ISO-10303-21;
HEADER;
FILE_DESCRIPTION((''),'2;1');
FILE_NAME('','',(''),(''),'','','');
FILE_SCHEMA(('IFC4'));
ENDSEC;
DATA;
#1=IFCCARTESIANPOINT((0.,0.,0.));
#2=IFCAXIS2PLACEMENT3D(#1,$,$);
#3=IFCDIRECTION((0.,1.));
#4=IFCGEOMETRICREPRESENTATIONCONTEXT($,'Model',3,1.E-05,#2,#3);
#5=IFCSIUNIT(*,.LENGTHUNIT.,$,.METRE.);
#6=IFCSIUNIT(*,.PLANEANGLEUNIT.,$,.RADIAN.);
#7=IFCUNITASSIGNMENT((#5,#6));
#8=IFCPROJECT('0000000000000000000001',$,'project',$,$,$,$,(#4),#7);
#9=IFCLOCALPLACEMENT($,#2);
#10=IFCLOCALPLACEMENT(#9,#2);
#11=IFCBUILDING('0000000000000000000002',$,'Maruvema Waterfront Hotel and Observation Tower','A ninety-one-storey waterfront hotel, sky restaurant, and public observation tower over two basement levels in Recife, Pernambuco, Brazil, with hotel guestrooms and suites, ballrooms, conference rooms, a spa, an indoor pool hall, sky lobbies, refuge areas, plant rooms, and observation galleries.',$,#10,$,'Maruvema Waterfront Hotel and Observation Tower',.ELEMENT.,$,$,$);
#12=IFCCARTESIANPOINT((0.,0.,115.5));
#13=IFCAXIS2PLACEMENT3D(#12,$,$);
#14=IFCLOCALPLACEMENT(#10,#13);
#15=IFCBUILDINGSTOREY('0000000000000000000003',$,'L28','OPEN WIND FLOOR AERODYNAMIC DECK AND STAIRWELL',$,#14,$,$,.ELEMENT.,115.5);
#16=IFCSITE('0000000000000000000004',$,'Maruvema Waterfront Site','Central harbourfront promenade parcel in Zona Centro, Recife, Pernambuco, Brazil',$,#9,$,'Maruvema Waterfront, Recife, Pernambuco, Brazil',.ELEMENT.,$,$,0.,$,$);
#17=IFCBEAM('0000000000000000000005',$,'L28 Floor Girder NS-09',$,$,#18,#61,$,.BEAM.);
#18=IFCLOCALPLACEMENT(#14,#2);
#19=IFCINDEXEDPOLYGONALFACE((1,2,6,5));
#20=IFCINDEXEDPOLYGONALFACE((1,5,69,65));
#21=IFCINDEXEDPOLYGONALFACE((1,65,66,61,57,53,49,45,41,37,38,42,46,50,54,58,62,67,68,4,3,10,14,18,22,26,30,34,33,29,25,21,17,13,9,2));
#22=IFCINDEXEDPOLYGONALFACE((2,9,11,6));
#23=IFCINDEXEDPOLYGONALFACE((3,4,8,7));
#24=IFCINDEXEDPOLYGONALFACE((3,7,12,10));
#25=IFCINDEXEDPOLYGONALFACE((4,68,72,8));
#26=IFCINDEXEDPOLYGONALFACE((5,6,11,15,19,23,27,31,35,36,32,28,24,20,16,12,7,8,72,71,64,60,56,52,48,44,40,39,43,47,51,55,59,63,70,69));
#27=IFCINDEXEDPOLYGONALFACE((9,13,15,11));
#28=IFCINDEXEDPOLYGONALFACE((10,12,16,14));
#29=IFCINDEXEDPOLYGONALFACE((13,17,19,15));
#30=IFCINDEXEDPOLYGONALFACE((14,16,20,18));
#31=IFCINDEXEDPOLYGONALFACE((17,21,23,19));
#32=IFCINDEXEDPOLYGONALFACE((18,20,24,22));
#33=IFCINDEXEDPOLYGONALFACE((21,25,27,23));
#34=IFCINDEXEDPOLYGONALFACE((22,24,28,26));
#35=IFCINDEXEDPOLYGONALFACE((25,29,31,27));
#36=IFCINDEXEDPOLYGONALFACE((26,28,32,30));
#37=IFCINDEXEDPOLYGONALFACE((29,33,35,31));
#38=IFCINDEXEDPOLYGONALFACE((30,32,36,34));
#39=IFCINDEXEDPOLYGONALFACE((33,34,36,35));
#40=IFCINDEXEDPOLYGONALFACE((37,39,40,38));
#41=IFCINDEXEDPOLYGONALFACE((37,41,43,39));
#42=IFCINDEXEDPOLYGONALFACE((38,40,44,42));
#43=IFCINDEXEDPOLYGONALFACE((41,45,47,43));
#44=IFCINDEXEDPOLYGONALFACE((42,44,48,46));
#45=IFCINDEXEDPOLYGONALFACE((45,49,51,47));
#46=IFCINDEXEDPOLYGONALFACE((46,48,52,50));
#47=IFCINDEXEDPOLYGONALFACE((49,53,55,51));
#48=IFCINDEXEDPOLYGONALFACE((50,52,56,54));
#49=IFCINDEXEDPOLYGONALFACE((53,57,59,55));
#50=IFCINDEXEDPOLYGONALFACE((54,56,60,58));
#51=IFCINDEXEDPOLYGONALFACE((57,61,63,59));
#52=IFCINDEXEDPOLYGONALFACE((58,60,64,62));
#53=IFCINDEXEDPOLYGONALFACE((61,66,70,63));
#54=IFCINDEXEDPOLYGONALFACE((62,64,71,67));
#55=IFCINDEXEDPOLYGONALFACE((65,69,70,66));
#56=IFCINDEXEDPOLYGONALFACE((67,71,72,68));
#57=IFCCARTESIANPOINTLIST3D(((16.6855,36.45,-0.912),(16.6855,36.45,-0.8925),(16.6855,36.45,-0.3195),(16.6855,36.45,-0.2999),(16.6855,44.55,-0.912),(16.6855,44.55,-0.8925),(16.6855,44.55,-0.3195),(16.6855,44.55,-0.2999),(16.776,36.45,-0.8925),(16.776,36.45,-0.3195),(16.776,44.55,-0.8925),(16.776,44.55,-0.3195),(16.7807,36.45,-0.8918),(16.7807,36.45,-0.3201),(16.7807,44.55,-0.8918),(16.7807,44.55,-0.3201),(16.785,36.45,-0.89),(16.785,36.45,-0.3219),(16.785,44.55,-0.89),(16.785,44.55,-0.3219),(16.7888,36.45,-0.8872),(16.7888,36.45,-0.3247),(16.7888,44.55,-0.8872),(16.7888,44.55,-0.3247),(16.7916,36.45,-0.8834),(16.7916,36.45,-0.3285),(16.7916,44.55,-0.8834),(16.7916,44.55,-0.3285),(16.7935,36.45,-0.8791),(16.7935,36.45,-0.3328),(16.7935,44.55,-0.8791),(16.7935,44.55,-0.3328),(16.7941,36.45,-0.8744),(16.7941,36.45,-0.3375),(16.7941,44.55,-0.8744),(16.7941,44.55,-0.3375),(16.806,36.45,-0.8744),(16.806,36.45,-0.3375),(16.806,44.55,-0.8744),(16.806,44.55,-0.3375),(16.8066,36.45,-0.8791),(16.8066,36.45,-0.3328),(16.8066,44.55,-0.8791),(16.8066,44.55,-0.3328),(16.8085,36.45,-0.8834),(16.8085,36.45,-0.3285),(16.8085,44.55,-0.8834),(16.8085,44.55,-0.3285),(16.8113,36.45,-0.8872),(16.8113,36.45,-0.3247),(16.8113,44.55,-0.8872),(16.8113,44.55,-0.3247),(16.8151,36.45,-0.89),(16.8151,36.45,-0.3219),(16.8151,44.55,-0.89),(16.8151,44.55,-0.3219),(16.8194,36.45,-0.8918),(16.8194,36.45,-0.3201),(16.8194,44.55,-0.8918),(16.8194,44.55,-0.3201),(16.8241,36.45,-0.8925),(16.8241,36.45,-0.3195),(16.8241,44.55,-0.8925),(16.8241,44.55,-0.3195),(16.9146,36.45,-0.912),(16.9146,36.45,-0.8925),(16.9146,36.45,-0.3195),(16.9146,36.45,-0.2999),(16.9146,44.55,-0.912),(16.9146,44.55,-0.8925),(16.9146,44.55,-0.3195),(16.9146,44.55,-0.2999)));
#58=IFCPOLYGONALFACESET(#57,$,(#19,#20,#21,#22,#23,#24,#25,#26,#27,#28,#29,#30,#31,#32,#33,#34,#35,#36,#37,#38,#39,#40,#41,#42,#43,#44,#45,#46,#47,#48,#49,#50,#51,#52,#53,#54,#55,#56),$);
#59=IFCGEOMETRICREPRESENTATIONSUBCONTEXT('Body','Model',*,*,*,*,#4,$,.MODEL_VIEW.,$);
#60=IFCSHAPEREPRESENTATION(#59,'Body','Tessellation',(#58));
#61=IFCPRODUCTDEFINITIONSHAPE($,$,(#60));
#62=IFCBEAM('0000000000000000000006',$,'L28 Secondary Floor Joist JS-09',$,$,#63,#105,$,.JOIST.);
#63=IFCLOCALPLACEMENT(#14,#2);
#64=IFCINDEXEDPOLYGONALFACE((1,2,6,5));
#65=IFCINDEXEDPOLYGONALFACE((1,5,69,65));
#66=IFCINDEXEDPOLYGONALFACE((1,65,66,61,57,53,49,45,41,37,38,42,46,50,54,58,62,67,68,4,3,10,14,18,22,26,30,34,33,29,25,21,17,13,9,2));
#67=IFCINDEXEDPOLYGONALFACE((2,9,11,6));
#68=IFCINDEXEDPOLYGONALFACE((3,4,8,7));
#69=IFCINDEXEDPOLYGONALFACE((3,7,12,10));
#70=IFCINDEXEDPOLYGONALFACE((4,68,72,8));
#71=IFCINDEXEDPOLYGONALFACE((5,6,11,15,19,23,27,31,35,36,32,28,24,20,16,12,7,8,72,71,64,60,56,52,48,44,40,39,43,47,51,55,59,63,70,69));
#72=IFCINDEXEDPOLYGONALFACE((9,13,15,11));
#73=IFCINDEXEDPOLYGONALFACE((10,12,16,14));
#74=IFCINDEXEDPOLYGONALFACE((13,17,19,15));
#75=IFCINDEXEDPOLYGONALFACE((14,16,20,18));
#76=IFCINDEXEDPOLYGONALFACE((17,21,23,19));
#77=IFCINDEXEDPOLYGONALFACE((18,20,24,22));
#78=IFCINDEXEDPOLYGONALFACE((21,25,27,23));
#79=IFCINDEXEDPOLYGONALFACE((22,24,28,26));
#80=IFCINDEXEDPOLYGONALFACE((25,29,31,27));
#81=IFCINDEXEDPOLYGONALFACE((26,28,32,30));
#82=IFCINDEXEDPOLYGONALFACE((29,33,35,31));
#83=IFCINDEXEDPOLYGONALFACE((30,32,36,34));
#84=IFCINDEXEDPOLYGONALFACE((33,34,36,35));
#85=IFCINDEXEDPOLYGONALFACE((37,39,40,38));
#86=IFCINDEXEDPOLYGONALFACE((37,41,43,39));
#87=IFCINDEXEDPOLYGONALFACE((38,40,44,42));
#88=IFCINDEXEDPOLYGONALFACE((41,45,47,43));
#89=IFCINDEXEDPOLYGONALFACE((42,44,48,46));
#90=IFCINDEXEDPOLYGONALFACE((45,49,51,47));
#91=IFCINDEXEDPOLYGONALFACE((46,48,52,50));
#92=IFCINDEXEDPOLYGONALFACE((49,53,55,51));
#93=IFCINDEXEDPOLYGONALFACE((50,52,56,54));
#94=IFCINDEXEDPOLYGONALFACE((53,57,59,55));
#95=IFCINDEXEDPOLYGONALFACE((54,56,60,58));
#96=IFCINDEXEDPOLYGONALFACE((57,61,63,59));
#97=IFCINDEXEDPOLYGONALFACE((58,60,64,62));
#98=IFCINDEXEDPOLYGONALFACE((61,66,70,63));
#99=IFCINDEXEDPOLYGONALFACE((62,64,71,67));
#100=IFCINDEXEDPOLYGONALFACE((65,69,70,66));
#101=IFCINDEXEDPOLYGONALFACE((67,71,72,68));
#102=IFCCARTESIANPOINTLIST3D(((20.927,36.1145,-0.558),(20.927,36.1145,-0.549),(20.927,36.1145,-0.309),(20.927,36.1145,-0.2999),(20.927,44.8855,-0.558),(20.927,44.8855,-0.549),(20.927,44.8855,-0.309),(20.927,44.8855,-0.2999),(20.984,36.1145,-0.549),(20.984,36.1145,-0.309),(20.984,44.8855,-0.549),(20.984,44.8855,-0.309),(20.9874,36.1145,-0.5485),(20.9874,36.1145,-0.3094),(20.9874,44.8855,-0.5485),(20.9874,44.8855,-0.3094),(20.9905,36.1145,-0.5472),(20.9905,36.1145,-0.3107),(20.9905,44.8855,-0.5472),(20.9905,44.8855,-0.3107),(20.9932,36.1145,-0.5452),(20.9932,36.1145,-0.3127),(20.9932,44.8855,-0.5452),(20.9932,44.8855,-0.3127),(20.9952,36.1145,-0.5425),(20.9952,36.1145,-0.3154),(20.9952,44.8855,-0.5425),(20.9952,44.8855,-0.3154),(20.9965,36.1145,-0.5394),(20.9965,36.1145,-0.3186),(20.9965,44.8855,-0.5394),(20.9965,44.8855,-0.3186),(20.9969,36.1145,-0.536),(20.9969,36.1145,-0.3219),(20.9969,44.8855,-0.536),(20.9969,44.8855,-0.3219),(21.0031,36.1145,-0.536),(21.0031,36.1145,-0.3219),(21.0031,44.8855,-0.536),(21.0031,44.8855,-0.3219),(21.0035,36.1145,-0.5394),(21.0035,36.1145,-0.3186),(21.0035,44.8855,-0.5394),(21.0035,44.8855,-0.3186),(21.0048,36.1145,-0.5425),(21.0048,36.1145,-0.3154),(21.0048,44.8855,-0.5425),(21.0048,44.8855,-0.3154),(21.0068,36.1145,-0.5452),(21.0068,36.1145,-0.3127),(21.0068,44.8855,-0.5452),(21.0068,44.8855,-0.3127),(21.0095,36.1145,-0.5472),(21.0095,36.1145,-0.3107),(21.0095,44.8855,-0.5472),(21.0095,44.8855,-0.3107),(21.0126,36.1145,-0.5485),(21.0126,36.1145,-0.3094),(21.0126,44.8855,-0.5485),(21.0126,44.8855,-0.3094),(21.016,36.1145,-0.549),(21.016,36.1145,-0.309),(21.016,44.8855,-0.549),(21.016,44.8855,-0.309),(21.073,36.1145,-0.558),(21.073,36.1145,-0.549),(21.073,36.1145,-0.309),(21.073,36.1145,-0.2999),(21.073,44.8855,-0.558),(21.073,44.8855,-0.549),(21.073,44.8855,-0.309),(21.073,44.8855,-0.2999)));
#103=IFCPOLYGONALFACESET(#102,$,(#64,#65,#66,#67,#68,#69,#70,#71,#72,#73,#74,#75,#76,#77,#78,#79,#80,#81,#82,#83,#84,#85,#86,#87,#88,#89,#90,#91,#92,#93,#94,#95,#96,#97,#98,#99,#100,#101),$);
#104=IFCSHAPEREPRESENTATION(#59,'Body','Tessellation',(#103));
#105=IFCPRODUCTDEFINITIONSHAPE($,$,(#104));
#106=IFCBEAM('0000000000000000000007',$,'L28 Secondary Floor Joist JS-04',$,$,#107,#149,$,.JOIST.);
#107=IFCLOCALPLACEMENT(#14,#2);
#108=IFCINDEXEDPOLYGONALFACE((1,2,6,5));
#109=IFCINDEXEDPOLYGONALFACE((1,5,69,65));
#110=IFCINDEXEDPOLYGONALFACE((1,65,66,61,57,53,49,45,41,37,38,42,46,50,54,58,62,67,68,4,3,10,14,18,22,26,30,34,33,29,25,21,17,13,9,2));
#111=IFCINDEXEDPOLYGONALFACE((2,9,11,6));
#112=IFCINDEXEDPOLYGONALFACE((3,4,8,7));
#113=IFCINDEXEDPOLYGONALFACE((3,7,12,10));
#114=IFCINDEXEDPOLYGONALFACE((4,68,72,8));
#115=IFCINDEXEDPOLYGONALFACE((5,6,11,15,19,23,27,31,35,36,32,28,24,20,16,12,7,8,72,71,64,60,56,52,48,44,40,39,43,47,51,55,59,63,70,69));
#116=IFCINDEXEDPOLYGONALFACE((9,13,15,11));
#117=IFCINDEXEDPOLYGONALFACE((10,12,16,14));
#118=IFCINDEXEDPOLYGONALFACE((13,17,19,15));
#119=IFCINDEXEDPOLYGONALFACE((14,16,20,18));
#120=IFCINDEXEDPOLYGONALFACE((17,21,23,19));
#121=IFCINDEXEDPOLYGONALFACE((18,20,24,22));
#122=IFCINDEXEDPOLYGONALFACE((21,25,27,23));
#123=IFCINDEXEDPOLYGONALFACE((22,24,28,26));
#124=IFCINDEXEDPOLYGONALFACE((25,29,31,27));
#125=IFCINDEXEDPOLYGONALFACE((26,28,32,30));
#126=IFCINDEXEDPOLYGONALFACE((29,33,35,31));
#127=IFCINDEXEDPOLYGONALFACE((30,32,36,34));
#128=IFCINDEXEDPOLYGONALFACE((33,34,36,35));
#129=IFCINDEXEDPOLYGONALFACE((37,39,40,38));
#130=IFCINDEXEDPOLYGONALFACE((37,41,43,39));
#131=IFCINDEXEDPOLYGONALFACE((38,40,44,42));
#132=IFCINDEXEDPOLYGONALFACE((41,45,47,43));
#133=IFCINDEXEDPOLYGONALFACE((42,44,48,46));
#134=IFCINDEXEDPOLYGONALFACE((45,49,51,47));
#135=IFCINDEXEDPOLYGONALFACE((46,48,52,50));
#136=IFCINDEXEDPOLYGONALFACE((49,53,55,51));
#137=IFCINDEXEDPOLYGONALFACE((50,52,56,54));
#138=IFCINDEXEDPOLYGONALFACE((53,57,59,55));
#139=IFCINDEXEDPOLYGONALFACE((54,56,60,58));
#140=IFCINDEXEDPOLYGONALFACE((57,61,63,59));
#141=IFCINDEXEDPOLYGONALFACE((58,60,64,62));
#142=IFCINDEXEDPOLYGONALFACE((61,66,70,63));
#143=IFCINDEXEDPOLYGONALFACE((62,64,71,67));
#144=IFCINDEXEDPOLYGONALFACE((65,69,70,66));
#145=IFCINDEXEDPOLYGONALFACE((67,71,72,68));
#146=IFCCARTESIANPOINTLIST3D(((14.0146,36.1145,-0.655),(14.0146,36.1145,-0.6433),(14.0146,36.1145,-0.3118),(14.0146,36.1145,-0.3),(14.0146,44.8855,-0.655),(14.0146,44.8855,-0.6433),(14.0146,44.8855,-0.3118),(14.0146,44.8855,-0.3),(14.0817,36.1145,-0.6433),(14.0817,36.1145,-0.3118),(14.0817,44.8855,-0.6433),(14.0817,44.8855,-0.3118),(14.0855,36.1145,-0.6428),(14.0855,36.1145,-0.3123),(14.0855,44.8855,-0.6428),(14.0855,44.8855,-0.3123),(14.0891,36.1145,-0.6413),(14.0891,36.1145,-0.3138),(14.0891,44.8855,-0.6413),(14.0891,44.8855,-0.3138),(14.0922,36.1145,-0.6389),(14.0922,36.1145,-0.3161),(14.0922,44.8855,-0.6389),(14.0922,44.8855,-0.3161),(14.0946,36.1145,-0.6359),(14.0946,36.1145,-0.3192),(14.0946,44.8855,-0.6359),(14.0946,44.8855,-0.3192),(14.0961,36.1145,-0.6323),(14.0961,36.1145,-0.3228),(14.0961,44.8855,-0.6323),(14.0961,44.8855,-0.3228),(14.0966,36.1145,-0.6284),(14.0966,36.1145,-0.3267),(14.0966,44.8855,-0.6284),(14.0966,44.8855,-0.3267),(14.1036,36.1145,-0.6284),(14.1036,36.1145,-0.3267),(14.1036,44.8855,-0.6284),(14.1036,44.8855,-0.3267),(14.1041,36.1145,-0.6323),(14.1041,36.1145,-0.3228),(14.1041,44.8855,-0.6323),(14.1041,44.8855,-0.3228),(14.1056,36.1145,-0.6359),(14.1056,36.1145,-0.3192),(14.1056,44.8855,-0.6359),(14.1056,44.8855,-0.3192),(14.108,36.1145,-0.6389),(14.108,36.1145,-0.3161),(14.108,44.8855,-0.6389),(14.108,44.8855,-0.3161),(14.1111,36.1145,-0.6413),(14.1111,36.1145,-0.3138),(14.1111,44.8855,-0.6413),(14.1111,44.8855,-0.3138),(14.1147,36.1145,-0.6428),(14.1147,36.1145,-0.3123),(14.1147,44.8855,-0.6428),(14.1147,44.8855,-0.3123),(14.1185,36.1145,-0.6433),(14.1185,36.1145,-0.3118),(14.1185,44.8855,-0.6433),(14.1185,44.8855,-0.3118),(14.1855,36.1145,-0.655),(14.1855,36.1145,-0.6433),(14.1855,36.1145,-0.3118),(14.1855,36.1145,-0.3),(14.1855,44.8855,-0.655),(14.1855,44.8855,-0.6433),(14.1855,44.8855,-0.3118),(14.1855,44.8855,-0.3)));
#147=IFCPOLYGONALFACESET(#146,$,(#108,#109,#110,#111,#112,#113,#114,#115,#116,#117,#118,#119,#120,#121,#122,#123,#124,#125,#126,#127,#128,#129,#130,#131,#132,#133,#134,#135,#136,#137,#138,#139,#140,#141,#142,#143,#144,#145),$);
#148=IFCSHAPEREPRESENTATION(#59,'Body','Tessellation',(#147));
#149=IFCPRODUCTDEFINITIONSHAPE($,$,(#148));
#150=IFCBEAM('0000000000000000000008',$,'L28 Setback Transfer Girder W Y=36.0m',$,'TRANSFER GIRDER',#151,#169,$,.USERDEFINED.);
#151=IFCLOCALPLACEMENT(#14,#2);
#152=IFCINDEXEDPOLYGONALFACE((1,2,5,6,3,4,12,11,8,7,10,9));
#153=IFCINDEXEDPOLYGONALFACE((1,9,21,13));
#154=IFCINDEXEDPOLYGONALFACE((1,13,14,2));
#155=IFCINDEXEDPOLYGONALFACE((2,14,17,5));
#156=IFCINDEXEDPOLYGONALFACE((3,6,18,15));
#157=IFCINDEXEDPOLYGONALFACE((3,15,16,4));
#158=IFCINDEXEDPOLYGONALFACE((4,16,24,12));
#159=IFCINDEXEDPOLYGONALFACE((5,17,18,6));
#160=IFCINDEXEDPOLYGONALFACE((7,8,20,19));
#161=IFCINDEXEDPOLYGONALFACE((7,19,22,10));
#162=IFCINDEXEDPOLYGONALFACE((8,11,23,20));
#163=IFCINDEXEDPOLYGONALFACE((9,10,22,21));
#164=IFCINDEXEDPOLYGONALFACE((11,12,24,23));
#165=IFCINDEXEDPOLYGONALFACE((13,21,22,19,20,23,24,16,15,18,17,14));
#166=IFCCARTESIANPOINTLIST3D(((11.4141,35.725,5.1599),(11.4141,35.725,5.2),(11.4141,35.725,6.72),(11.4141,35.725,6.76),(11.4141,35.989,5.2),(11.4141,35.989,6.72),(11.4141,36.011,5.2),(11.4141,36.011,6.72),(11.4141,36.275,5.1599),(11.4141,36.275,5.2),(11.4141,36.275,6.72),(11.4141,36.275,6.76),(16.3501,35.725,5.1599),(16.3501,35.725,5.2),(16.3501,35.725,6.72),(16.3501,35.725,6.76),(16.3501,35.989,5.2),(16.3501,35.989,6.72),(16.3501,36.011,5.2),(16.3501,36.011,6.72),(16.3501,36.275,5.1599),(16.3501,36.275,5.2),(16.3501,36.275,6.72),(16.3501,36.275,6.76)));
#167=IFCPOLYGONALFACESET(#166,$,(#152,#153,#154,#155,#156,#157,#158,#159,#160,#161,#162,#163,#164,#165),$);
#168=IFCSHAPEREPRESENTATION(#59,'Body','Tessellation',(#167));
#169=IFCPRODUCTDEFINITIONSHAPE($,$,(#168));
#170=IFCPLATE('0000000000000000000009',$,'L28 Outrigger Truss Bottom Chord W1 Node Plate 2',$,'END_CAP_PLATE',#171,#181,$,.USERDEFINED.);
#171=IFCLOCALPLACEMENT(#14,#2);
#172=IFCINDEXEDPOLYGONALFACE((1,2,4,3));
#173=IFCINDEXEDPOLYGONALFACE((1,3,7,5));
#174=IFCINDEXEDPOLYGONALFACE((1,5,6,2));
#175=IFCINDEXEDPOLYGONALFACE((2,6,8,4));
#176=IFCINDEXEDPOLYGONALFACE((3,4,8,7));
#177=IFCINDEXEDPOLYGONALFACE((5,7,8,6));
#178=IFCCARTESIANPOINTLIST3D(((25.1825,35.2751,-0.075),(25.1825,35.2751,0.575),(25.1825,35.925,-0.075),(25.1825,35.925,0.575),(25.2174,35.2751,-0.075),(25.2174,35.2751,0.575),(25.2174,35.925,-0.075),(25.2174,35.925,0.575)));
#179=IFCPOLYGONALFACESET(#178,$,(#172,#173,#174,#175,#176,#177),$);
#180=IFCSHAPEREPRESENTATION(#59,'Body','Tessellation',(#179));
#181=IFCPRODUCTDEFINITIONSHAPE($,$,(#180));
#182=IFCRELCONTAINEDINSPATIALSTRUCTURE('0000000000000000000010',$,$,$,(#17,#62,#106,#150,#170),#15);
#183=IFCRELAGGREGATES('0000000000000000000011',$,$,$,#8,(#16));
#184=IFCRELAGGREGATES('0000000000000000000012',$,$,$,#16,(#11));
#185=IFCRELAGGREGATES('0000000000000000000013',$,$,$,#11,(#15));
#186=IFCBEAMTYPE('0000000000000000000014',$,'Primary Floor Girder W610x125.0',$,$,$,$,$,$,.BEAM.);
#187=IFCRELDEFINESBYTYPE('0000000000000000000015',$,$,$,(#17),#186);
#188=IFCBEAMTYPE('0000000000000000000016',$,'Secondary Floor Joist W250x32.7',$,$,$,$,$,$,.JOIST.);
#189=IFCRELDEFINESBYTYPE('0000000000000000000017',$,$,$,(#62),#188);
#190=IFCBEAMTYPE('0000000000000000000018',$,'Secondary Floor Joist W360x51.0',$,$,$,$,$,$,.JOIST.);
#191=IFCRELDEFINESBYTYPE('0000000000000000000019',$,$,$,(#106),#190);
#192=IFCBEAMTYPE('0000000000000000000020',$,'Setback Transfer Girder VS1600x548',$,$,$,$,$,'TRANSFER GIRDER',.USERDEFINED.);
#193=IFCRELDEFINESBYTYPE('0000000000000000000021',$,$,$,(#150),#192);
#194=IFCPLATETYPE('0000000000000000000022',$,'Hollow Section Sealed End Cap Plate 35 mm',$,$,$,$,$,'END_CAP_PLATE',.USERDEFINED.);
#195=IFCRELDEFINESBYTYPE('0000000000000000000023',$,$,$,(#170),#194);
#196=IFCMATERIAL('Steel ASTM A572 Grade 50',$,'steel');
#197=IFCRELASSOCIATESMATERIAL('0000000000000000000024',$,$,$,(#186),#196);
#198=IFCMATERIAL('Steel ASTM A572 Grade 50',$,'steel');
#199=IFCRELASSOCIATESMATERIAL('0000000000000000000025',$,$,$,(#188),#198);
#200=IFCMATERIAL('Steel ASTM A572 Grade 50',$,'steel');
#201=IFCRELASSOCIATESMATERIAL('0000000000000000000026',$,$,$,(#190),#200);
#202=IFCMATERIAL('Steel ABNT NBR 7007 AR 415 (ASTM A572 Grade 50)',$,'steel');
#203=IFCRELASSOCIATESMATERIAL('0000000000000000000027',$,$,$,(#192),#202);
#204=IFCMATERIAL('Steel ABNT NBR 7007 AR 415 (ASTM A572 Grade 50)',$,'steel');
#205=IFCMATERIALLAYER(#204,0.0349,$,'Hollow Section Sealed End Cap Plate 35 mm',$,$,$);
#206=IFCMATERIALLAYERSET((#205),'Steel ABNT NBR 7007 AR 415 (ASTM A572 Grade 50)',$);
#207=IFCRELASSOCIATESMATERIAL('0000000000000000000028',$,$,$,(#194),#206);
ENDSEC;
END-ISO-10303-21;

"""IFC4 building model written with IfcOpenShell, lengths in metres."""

from ifc_helpers import new_model, si_unit, direction, frame, origin, origin_2d, place, context, subcontext, project, spatial, rectangle, i_section, extrude, material, layer, layer_set, material_profile, profile_set, type_object, element, save


model = new_model("IFC4")

# Units and contexts
model_context = context("Model", 3, precision=1e-05, world=origin(), true_north=direction((0.0, 1.0)))
body_context = subcontext(model_context, "Body", "Model", "MODEL_VIEW")
ifc_project = project(units=[si_unit("LENGTHUNIT", "METRE"), si_unit("PLANEANGLEUNIT", "RADIAN")], contexts=[model_context])

# Site, building, storey
site_placement = place(None, origin())
site = spatial("IfcSite", under=ifc_project, at=site_placement, Name="Maruvema Waterfront Site", Description="Central harbourfront promenade parcel in Zona Centro, Recife, Pernambuco, Brazil", LongName="Maruvema Waterfront, Recife, Pernambuco, Brazil", CompositionType="ELEMENT", RefElevation=0.0)
building_placement = place(site_placement, origin())
building = spatial("IfcBuilding", under=site, at=building_placement, Name="Maruvema Waterfront Hotel and Observation Tower", Description="A ninety-one-storey waterfront hotel, sky restaurant, and public observation tower over two basement levels in Recife, Pernambuco, Brazil, with hotel guestrooms and suites, ballrooms, conference rooms, a spa, an indoor pool hall, sky lobbies, refuge areas, plant rooms, and observation galleries.", LongName="Maruvema Waterfront Hotel and Observation Tower", CompositionType="ELEMENT")
storey_placement = place(building_placement, frame((0.0, 0.0, 115.5)))
storey = spatial("IfcBuildingStorey", under=building, at=storey_placement, Name="L28", Description="OPEN WIND FLOOR AERODYNAMIC DECK AND STAIRWELL", CompositionType="ELEMENT", Elevation=115.5)

# Beams
ifc_material_1 = material(Name="Steel ASTM A572 Grade 50", Category="steel")
ifc_material_profile_1 = material_profile(ifc_material_1, i_section(OverallWidth=0.229, OverallDepth=0.6121, WebThickness=0.012, FlangeThickness=0.0195, FilletRadius=0.0181, at=origin_2d()), Name="W610x125.0")
ifc_profile_set_1 = profile_set([ifc_material_profile_1], Name="Steel ASTM A572 Grade 50")
beam_type_1 = type_object("IfcBeamType", Name="Primary Floor Girder W610x125.0", PredefinedType="BEAM", material=ifc_profile_set_1)
beam_1_placement = place(storey_placement, frame((16.8, 36.45, -0.606), z_axis=(0.0, 1.0, 0.0), x_axis=(-1.0, 0.0, 0.0)))
element("IfcBeam", 1, at=beam_1_placement, inside=storey, type_object=beam_type_1, Name="L28 Floor Girder NS-09", PredefinedType="BEAM", context=body_context, shape_type="SweptSolid", body=[
    extrude(i_section(OverallWidth=0.229, OverallDepth=0.6121, WebThickness=0.012, FlangeThickness=0.0195, FilletRadius=0.0181, at=origin_2d()), origin(), (0.0, 0.0, 1.0), 8.1001),
])
ifc_material_2 = material(Name="Steel ASTM A572 Grade 50", Category="steel")
ifc_material_profile_2 = material_profile(ifc_material_2, i_section(OverallWidth=0.146, OverallDepth=0.2581, WebThickness=0.0061, FlangeThickness=0.009, FilletRadius=0.0129, at=origin_2d()), Name="W250x32.7")
ifc_profile_set_2 = profile_set([ifc_material_profile_2], Name="Steel ASTM A572 Grade 50")
beam_type_2 = type_object("IfcBeamType", Name="Secondary Floor Joist W250x32.7", PredefinedType="JOIST", material=ifc_profile_set_2)
beam_2_placement = place(storey_placement, frame((21.0, 36.1145, -0.429), z_axis=(0.0, 1.0, 0.0), x_axis=(-1.0, 0.0, 0.0)))
element("IfcBeam", 2, at=beam_2_placement, inside=storey, type_object=beam_type_2, Name="L28 Secondary Floor Joist JS-09", PredefinedType="JOIST", context=body_context, shape_type="SweptSolid", body=[
    extrude(i_section(OverallWidth=0.146, OverallDepth=0.2581, WebThickness=0.0061, FlangeThickness=0.009, FilletRadius=0.0129, at=origin_2d()), origin(), (0.0, 0.0, 1.0), 8.771),
])
ifc_material_3 = material(Name="Steel ASTM A572 Grade 50", Category="steel")
ifc_material_profile_3 = material_profile(ifc_material_3, i_section(OverallWidth=0.1709, OverallDepth=0.355, WebThickness=0.0071, FlangeThickness=0.0117, FilletRadius=0.0149, at=origin_2d()), Name="W360x51.0")
ifc_profile_set_3 = profile_set([ifc_material_profile_3], Name="Steel ASTM A572 Grade 50")
beam_type_3 = type_object("IfcBeamType", Name="Secondary Floor Joist W360x51.0", PredefinedType="JOIST", material=ifc_profile_set_3)
beam_3_placement = place(storey_placement, frame((14.1001, 36.1145, -0.4775), z_axis=(0.0, 1.0, 0.0), x_axis=(-1.0, 0.0, 0.0)))
element("IfcBeam", 3, at=beam_3_placement, inside=storey, type_object=beam_type_3, Name="L28 Secondary Floor Joist JS-04", PredefinedType="JOIST", context=body_context, shape_type="SweptSolid", body=[
    extrude(i_section(OverallWidth=0.1709, OverallDepth=0.355, WebThickness=0.0071, FlangeThickness=0.0117, FilletRadius=0.0149, at=origin_2d()), origin(), (0.0, 0.0, 1.0), 8.771),
])
ifc_material_4 = material(Name="Steel ABNT NBR 7007 AR 415 (ASTM A572 Grade 50)", Category="steel")
ifc_material_profile_4 = material_profile(ifc_material_4, i_section(OverallWidth=0.55, OverallDepth=1.6001, WebThickness=0.022, FlangeThickness=0.04, at=origin_2d()), Name="VS1600x548")
ifc_profile_set_4 = profile_set([ifc_material_profile_4], Name="Steel ABNT NBR 7007 AR 415 (ASTM A572 Grade 50)")
beam_type_4 = type_object("IfcBeamType", Name="Setback Transfer Girder VS1600x548", ElementType="TRANSFER GIRDER", PredefinedType="USERDEFINED", material=ifc_profile_set_4)
beam_4_placement = place(storey_placement, frame((11.4141, 36.0, 5.96), z_axis=(1.0, 0.0, 0.0), x_axis=(0.0, 1.0, 0.0)))
element("IfcBeam", 4, at=beam_4_placement, inside=storey, type_object=beam_type_4, Name="L28 Setback Transfer Girder W Y=36.0m", ObjectType="TRANSFER GIRDER", PredefinedType="USERDEFINED", context=body_context, shape_type="SweptSolid", body=[
    extrude(i_section(OverallWidth=0.55, OverallDepth=1.6001, WebThickness=0.022, FlangeThickness=0.04, at=origin_2d()), origin(), (0.0, 0.0, 1.0), 4.936),
])

# Plate
ifc_material_5 = material(Name="Steel ABNT NBR 7007 AR 415 (ASTM A572 Grade 50)", Category="steel")
ifc_layer_1 = layer(ifc_material_5, 0.0349, Name="Hollow Section Sealed End Cap Plate 35 mm")
ifc_layer_set_1 = layer_set([ifc_layer_1], Name="Steel ABNT NBR 7007 AR 415 (ASTM A572 Grade 50)")
plate_type_1 = type_object("IfcPlateType", Name="Hollow Section Sealed End Cap Plate 35 mm", ElementType="END_CAP_PLATE", PredefinedType="USERDEFINED", material=ifc_layer_set_1)
for number, where, z_axis, x_axis, name in (
    (5, (25.2, 35.6001, -0.075), (0.0, 0.0, 1.0), (0.0, 1.0, 0.0), "L28 Outrigger Truss Bottom Chord W1 Node Plate 2"),
):
    element("IfcPlate", number, at=place(storey_placement, frame(where, z_axis=z_axis, x_axis=x_axis)), inside=storey, type_object=plate_type_1, Name=name, ObjectType="END_CAP_PLATE", PredefinedType="USERDEFINED", context=body_context, shape_type="SweptSolid", body=[
        extrude(rectangle(XDim=0.6499, YDim=0.0349, at=origin_2d()), origin(), (0.0, 0.0, 1.0), 0.6499),
    ])

save(model, "model.ifc")
